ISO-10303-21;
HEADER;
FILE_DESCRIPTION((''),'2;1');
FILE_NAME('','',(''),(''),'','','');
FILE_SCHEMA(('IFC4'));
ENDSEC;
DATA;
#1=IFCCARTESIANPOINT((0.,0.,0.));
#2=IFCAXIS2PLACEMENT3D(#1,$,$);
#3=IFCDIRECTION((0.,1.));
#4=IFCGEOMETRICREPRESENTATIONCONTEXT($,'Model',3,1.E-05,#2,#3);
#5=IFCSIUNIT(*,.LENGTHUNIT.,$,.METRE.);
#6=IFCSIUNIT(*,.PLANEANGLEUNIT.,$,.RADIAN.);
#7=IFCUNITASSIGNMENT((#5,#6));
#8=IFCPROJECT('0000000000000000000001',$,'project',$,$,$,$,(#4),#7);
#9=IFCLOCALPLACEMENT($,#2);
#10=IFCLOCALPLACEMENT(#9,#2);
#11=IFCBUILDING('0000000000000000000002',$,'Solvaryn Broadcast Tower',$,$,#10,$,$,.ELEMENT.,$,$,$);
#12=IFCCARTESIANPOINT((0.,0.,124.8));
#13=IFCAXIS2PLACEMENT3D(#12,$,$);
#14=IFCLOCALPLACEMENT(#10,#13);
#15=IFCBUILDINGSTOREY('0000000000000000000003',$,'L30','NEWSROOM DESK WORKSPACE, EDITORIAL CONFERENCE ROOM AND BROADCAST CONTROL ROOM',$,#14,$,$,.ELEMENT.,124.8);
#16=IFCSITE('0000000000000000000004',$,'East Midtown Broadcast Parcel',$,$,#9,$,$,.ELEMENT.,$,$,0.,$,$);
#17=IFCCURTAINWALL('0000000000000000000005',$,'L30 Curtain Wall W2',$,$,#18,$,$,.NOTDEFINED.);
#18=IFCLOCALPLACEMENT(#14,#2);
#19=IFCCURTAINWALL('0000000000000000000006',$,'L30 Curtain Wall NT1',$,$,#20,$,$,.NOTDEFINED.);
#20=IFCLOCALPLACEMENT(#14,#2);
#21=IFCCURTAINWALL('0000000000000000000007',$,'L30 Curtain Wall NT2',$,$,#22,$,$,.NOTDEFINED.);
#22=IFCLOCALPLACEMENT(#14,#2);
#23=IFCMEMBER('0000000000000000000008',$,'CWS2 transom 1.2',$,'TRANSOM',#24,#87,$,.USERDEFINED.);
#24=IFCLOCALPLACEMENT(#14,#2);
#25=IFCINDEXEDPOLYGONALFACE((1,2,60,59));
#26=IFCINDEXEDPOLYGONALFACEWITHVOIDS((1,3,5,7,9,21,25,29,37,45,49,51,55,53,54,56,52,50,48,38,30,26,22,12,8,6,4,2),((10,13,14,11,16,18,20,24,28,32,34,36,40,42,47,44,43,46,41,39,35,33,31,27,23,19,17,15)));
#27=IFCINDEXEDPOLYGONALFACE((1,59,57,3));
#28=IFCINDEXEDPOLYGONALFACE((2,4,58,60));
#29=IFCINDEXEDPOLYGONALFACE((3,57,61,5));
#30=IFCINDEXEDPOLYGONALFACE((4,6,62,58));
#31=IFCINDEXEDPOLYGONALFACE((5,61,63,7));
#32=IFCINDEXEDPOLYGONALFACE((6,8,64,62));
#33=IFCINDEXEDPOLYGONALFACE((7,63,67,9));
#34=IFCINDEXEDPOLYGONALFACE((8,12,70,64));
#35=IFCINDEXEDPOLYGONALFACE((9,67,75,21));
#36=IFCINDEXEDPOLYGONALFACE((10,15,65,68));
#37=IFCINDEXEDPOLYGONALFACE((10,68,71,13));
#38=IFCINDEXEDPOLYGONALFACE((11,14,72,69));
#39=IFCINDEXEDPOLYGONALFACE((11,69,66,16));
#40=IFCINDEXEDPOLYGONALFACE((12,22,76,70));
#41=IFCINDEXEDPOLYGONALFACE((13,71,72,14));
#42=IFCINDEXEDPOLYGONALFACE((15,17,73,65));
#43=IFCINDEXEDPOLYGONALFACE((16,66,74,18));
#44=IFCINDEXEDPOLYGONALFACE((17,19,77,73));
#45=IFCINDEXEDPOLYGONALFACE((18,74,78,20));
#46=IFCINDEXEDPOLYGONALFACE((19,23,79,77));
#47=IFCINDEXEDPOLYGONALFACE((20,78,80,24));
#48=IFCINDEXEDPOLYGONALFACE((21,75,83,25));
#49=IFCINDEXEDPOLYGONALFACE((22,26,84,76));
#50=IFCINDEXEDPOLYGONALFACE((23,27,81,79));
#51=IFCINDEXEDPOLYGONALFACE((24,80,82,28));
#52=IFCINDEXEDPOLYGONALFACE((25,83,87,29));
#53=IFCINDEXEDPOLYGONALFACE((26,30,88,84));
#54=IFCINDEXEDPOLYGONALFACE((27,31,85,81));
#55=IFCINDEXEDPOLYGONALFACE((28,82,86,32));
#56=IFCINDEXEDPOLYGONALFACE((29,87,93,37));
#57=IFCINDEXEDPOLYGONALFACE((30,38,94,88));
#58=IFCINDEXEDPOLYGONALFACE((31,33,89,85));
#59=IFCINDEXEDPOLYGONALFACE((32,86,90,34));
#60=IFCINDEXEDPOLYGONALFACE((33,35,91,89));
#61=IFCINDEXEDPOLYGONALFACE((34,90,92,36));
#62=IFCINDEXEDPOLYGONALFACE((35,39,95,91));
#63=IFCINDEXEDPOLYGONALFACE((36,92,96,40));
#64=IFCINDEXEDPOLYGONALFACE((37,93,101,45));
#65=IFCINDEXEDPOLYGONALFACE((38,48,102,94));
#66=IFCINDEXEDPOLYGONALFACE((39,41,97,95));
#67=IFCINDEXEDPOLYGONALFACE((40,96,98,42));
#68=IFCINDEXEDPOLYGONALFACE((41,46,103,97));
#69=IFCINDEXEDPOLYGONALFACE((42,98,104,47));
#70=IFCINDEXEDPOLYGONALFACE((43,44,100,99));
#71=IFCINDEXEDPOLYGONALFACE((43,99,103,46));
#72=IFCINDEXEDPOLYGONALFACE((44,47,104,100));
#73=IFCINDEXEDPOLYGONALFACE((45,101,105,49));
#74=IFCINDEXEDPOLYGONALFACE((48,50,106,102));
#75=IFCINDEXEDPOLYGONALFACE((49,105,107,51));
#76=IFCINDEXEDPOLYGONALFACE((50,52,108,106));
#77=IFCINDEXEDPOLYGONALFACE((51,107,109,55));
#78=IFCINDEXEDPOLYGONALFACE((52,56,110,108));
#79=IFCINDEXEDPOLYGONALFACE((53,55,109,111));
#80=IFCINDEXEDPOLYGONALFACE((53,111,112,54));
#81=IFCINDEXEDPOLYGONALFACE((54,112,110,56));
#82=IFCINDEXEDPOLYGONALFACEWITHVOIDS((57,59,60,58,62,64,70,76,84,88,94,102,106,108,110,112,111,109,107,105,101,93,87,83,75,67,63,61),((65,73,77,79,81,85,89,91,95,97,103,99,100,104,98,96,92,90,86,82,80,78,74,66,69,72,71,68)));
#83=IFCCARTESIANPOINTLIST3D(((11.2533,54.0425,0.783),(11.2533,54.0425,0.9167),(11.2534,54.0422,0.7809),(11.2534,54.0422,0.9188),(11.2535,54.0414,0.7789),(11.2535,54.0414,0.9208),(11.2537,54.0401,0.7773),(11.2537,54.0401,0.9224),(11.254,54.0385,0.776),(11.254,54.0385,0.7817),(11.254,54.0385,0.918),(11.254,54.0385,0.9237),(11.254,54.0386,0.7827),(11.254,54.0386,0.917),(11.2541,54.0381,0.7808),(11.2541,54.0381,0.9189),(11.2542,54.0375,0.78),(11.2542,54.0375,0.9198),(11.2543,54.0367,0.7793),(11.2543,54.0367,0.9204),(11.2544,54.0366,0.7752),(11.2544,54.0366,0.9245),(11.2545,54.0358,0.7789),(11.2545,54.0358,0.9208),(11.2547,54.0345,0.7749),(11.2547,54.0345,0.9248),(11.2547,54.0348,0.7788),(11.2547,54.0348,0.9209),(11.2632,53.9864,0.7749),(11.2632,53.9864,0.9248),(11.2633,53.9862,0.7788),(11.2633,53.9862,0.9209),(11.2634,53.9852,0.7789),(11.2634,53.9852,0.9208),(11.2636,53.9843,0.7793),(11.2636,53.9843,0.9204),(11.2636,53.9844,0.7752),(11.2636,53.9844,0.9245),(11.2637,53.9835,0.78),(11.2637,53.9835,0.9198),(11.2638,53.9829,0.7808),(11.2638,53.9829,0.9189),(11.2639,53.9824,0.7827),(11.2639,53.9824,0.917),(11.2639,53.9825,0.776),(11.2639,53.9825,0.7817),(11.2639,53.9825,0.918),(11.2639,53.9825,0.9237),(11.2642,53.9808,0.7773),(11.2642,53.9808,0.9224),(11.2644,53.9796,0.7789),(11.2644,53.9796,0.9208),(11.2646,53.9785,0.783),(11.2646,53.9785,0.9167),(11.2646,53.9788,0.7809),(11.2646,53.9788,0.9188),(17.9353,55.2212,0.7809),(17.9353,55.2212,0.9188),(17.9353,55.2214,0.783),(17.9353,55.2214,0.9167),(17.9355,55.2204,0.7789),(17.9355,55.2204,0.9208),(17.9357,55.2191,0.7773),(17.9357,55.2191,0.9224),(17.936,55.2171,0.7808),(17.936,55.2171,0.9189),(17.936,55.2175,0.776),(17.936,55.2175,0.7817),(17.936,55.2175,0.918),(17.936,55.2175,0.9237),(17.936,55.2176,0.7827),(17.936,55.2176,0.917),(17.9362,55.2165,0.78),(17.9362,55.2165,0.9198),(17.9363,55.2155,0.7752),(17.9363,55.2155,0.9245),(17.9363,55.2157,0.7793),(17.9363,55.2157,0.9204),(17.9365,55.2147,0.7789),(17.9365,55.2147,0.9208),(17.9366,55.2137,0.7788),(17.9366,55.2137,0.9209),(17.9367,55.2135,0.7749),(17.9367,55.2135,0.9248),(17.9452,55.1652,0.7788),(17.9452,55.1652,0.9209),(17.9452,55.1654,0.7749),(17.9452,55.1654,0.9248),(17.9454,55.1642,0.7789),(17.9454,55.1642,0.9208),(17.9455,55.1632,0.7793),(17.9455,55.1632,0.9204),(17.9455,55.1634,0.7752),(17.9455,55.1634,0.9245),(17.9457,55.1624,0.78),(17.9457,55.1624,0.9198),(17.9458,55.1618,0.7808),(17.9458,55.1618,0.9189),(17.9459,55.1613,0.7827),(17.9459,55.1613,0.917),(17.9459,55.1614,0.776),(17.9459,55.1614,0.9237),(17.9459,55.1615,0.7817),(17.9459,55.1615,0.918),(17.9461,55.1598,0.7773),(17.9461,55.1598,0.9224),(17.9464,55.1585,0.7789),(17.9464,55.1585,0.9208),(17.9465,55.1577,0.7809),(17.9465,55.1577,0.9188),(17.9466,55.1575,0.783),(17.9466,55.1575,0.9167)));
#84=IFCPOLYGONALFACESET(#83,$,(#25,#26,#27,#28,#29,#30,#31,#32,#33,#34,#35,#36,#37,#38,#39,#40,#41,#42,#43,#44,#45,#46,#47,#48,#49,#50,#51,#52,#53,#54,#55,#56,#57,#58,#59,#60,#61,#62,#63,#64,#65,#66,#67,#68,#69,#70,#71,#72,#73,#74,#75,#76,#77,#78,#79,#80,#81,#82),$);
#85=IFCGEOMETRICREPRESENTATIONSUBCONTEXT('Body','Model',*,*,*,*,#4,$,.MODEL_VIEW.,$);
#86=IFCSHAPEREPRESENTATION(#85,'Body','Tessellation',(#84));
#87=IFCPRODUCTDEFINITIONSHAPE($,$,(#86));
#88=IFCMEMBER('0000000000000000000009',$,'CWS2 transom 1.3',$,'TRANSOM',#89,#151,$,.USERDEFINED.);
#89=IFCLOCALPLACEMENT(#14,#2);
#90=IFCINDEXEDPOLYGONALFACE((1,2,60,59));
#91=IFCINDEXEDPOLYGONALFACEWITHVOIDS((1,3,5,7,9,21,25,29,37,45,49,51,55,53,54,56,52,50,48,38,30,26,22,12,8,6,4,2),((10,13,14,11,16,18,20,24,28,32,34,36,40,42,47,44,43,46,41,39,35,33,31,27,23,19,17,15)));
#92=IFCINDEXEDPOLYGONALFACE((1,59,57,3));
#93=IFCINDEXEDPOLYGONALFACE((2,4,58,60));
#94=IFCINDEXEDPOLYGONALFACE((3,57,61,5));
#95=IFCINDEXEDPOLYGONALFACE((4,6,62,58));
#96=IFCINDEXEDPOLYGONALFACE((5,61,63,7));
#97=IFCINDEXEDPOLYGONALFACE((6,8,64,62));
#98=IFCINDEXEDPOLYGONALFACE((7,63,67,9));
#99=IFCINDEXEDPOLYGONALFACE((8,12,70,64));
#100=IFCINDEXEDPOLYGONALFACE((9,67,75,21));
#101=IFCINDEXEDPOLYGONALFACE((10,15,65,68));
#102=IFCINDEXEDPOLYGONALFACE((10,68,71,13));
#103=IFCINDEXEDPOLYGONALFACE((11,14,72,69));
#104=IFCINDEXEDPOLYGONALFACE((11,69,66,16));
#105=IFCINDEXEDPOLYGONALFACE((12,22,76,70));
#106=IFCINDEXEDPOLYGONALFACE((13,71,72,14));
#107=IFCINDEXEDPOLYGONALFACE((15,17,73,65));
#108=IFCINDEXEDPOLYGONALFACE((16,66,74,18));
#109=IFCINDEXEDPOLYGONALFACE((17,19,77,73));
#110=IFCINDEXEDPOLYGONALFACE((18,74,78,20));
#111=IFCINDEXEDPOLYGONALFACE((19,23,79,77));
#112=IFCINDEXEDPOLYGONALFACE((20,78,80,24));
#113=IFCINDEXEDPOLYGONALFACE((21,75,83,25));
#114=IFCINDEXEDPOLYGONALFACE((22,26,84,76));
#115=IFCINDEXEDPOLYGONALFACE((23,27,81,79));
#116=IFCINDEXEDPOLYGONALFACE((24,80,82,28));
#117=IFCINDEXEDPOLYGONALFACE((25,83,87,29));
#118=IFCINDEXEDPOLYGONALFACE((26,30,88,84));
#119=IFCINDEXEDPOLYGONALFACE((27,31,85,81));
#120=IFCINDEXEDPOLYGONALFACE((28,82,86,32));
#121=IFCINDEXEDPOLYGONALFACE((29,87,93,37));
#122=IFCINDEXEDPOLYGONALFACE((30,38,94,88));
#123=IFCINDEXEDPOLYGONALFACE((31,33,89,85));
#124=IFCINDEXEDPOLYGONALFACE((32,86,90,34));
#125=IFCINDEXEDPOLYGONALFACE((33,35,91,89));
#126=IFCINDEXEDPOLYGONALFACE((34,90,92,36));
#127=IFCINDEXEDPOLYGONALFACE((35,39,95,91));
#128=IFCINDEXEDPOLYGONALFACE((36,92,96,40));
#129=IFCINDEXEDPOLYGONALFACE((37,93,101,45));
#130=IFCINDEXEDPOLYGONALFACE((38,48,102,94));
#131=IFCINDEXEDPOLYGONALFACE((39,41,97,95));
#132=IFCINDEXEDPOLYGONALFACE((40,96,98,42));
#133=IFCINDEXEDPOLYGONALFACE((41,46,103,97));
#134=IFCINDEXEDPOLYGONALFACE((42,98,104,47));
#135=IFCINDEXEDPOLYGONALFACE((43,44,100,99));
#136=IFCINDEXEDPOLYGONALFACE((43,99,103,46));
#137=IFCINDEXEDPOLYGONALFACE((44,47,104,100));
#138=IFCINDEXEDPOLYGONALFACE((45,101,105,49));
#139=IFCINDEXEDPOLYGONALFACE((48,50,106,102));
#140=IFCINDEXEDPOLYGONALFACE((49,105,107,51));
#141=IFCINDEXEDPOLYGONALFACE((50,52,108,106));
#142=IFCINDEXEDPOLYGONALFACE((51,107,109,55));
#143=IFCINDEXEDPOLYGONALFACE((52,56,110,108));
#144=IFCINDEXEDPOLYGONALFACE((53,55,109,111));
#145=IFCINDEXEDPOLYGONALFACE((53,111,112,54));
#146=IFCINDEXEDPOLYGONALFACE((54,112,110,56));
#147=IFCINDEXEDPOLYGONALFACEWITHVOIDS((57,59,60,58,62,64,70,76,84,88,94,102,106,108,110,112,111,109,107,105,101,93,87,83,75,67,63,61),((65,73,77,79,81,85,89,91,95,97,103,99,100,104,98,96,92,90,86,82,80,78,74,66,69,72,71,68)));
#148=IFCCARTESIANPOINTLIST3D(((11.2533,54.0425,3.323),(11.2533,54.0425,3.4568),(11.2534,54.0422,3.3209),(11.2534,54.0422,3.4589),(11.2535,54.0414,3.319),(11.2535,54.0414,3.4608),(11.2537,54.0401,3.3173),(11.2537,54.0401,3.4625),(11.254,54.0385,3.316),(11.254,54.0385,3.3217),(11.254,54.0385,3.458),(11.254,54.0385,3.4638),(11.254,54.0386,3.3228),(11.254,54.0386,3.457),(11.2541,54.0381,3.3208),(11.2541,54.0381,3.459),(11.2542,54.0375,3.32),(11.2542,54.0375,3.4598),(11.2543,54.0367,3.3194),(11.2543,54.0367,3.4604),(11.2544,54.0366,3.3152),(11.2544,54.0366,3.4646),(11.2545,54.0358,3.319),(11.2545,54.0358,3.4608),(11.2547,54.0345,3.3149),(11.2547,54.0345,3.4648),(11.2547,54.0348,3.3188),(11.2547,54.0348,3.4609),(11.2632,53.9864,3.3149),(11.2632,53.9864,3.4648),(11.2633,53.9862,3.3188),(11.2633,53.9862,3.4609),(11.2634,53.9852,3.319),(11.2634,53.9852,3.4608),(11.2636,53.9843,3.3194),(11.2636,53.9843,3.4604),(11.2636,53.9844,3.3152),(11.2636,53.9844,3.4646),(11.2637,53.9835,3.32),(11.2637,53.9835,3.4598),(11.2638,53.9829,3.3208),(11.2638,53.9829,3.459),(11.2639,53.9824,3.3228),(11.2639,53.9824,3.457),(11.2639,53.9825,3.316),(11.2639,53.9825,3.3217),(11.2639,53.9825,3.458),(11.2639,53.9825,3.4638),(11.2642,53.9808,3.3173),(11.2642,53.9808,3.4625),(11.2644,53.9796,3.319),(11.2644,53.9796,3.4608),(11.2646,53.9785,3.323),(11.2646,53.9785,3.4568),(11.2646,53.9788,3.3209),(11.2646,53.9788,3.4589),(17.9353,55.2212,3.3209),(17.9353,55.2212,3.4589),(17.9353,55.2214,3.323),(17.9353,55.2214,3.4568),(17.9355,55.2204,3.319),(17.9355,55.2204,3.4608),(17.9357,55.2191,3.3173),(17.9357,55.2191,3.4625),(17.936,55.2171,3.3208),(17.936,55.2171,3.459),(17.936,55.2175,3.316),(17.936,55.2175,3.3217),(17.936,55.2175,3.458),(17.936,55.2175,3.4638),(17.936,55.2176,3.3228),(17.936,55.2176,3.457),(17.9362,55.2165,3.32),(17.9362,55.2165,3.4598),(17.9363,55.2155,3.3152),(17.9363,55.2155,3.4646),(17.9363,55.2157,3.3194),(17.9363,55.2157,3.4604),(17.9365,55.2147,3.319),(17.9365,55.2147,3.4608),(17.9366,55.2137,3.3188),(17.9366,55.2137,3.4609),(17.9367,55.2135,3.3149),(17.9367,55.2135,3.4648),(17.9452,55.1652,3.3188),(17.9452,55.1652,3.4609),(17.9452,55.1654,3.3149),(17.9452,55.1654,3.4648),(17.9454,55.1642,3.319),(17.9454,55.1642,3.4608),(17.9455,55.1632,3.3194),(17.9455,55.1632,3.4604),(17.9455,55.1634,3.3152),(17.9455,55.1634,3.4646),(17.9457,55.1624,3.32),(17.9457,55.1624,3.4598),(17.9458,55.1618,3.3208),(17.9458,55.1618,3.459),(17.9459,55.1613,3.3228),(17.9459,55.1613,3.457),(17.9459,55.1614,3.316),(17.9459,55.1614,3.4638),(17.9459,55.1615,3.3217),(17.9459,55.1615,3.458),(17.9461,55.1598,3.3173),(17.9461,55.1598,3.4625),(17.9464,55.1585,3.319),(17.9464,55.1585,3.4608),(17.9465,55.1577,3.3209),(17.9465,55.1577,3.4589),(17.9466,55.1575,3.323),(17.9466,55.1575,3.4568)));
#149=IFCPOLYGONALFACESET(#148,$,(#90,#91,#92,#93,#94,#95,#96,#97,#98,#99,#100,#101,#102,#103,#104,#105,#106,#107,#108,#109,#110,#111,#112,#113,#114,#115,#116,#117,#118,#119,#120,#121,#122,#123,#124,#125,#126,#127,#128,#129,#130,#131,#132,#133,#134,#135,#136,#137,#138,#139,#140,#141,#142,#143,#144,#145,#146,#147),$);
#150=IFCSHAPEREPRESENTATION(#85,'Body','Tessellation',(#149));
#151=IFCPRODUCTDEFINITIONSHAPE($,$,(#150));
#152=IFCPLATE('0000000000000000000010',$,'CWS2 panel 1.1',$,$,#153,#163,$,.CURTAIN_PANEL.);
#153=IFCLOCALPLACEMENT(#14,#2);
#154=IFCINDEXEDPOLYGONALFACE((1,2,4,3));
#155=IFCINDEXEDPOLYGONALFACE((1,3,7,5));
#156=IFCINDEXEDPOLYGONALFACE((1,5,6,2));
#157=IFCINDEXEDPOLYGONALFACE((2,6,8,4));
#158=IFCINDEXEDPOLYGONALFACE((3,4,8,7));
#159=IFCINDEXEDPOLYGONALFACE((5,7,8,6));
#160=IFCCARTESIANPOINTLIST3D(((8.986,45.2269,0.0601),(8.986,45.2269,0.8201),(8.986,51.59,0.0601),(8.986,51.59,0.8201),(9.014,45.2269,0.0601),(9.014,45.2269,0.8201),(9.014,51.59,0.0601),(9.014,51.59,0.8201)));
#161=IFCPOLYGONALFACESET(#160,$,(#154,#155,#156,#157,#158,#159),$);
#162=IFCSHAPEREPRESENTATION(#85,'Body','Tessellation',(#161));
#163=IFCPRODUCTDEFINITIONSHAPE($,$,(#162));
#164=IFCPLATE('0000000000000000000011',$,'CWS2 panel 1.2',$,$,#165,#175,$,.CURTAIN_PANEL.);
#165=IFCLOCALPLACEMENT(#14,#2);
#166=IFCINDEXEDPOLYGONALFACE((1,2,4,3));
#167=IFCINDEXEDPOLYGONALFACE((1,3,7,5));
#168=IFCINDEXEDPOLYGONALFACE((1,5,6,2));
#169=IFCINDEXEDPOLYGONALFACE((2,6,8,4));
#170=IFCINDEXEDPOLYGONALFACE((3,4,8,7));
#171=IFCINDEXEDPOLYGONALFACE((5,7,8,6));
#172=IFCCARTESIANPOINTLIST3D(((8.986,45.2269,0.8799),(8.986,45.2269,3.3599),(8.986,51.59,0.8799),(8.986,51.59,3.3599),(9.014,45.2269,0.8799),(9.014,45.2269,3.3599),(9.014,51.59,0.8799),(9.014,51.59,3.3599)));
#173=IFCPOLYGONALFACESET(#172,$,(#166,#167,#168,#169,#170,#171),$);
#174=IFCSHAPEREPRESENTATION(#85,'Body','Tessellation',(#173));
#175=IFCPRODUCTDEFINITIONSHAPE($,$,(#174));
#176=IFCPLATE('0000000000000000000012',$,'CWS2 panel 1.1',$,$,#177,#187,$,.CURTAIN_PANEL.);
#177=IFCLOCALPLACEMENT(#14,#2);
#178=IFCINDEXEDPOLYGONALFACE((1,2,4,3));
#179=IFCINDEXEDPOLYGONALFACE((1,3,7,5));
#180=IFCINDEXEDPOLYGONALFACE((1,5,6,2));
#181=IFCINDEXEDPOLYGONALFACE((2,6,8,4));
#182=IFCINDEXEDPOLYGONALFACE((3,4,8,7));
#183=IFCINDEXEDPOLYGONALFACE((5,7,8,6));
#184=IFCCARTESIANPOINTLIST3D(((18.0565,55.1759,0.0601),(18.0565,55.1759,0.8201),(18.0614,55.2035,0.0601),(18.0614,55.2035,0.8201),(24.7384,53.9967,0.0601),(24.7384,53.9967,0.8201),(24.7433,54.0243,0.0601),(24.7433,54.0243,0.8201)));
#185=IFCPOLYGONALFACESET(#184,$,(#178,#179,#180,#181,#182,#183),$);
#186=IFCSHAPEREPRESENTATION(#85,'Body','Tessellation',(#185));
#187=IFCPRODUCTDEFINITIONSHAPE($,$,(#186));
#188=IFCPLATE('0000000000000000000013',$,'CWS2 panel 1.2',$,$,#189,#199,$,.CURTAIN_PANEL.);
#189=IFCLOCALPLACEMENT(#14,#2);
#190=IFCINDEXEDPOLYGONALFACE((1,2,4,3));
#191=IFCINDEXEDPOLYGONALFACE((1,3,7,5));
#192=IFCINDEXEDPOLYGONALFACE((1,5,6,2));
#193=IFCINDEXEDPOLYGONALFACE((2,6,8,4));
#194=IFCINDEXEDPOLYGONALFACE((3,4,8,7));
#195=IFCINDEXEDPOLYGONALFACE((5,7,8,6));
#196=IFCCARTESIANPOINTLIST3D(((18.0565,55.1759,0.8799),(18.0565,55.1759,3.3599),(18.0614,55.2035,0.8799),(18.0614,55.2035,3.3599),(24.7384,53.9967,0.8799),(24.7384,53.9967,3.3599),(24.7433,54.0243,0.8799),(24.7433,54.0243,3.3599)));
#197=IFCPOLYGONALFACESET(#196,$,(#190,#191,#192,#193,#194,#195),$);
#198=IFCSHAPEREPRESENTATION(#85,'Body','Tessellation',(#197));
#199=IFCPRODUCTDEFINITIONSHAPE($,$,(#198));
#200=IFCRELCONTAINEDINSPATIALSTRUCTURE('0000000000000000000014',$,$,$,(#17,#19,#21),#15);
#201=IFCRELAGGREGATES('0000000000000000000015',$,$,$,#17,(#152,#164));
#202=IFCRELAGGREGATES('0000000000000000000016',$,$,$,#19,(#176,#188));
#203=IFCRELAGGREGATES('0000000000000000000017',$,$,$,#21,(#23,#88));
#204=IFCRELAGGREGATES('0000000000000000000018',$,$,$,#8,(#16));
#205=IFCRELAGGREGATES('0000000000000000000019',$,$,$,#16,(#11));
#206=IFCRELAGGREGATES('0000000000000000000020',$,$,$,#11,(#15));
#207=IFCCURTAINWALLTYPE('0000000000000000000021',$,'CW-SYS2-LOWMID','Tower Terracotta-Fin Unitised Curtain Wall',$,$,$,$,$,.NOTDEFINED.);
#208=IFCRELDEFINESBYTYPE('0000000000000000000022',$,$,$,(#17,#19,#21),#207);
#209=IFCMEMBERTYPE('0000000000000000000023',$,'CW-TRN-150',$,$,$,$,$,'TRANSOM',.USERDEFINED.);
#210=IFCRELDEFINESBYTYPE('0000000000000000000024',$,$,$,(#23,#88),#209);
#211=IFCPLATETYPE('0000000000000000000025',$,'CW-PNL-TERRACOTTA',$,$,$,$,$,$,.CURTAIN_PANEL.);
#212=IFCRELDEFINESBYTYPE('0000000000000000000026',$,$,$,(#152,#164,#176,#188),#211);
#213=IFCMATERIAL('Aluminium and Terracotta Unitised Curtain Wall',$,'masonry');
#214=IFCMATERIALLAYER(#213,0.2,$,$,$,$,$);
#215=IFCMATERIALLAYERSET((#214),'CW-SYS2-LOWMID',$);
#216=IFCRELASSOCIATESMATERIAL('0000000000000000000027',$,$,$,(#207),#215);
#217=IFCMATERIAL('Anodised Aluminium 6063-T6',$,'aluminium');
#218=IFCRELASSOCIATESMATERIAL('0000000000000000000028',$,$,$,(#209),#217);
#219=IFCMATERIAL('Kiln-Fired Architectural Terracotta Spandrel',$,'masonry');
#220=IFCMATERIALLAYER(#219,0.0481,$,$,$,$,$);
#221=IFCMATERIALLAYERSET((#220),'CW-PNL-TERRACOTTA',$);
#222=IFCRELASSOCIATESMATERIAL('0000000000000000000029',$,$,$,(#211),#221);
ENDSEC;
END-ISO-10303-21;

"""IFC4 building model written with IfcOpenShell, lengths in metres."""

from ifc_helpers import new_model, si_unit, direction, frame, origin, origin_2d, place, context, subcontext, project, spatial, rectangle, hollow_rectangle, extrude, material, layer, layer_set, material_profile, profile_set, type_object, element, aggregate, save


model = new_model("IFC4")

# Units and contexts
model_context = context("Model", 3, precision=1e-05, world=origin(), true_north=direction((0.0, 1.0)))
body_context = subcontext(model_context, "Body", "Model", "MODEL_VIEW")
ifc_project = project(units=[si_unit("LENGTHUNIT", "METRE"), si_unit("PLANEANGLEUNIT", "RADIAN")], contexts=[model_context])

# Site, building, storey
site_placement = place(None, origin())
site = spatial("IfcSite", under=ifc_project, at=site_placement, Name="East Midtown Broadcast Parcel", CompositionType="ELEMENT", RefElevation=0.0)
building_placement = place(site_placement, origin())
building = spatial("IfcBuilding", under=site, at=building_placement, Name="Solvaryn Broadcast Tower", CompositionType="ELEMENT")
storey_placement = place(building_placement, frame((0.0, 0.0, 124.8)))
storey = spatial("IfcBuildingStorey", under=building, at=storey_placement, Name="L30", Description="NEWSROOM DESK WORKSPACE, EDITORIAL CONFERENCE ROOM AND BROADCAST CONTROL ROOM", CompositionType="ELEMENT", Elevation=124.8)

# Curtain walls
ifc_material_1 = material(Name="Aluminium and Terracotta Unitised Curtain Wall", Category="masonry")
ifc_layer_1 = layer(ifc_material_1, 0.2)
ifc_layer_set_1 = layer_set([ifc_layer_1], Name="CW-SYS2-LOWMID")
curtain_wall_type = type_object("IfcCurtainWallType", Name="CW-SYS2-LOWMID", Description="Tower Terracotta-Fin Unitised Curtain Wall", PredefinedType="NOTDEFINED", material=ifc_layer_set_1)
curtain_wall_1_placement = place(storey_placement, origin())
curtain_wall_1 = element("IfcCurtainWall", 1, at=curtain_wall_1_placement, inside=storey, type_object=curtain_wall_type, Name="L30 Curtain Wall W2", PredefinedType="NOTDEFINED")
curtain_wall_2_placement = place(storey_placement, origin())
curtain_wall_2 = element("IfcCurtainWall", 2, at=curtain_wall_2_placement, inside=storey, type_object=curtain_wall_type, Name="L30 Curtain Wall NT1", PredefinedType="NOTDEFINED")

# Curtain wall
curtain_wall_3_placement = place(storey_placement, origin())
curtain_wall_3 = element("IfcCurtainWall", 3, at=curtain_wall_3_placement, inside=storey, type_object=curtain_wall_type, Name="L30 Curtain Wall NT2", PredefinedType="NOTDEFINED")

# Members
ifc_material_2 = material(Name="Anodised Aluminium 6063-T6", Category="aluminium")
ifc_material_profile_1 = material_profile(ifc_material_2, hollow_rectangle(XDim=0.0649, YDim=0.1499, WallThickness=0.0039, InnerFilletRadius=0.0039, OuterFilletRadius=0.0081, at=origin_2d()))
ifc_profile_set_1 = profile_set([ifc_material_profile_1], Name="Anodised Aluminium 6063-T6")
member_type_1 = type_object("IfcMemberType", Name="CW-TRN-150", ElementType="TRANSOM", PredefinedType="USERDEFINED", material=ifc_profile_set_1)
member_1_placement = place(storey_placement, frame((17.9409, 55.1895, 0.8499), z_axis=(-0.984789, -0.173757, 0.0), x_axis=(0.173757, -0.984789, 0.0)))
member_1 = element("IfcMember", 4, at=member_1_placement, type_object=member_type_1, Name="CWS2 transom 1.2", ObjectType="TRANSOM", PredefinedType="USERDEFINED", context=body_context, shape_type="SweptSolid", body=[
    extrude(hollow_rectangle(XDim=0.0649, YDim=0.1499, WallThickness=0.0039, InnerFilletRadius=0.0039, OuterFilletRadius=0.0081, at=origin_2d()), origin(), (0.0, 0.0, 1.0), 6.7852),
])
member_2_placement = place(storey_placement, frame((17.9409, 55.1895, 3.3899), z_axis=(-0.984789, -0.173757, 0.0), x_axis=(0.173757, -0.984789, 0.0)))
member_2 = element("IfcMember", 5, at=member_2_placement, type_object=member_type_1, Name="CWS2 transom 1.3", ObjectType="TRANSOM", PredefinedType="USERDEFINED", context=body_context, shape_type="SweptSolid", body=[
    extrude(hollow_rectangle(XDim=0.0649, YDim=0.1499, WallThickness=0.0039, InnerFilletRadius=0.0039, OuterFilletRadius=0.0081, at=origin_2d()), origin(), (0.0, 0.0, 1.0), 6.7852),
])

# Plates
ifc_material_3 = material(Name="Kiln-Fired Architectural Terracotta Spandrel", Category="masonry")
ifc_layer_2 = layer(ifc_material_3, 0.0481)
ifc_layer_set_2 = layer_set([ifc_layer_2], Name="CW-PNL-TERRACOTTA")
plate_type = type_object("IfcPlateType", Name="CW-PNL-TERRACOTTA", PredefinedType="CURTAIN_PANEL", material=ifc_layer_set_2)
plate_1_placement = place(storey_placement, frame((9.0, 48.4084, 0.0601), z_axis=(0.0, 0.0, 1.0), x_axis=(0.0, 1.0, 0.0)))
plate_1 = element("IfcPlate", 6, at=plate_1_placement, type_object=plate_type, Name="CWS2 panel 1.1", PredefinedType="CURTAIN_PANEL", context=body_context, shape_type="SweptSolid", body=[
    extrude(rectangle(XDim=6.363, YDim=0.0281, at=origin_2d()), origin(), (0.0, 0.0, 1.0), 0.76),
])
plate_2_placement = place(storey_placement, frame((9.0, 48.4084, 0.8799), z_axis=(0.0, 0.0, 1.0), x_axis=(0.0, 1.0, 0.0)))
plate_2 = element("IfcPlate", 7, at=plate_2_placement, type_object=plate_type, Name="CWS2 panel 1.2", PredefinedType="CURTAIN_PANEL", context=body_context, shape_type="SweptSolid", body=[
    extrude(rectangle(XDim=6.363, YDim=0.0281, at=origin_2d()), origin(), (0.0, 0.0, 1.0), 2.48),
])
aggregate(curtain_wall_1, [plate_1, plate_2])
plate_3_placement = place(storey_placement, frame((21.3999, 54.6001, 0.0601), z_axis=(0.0, 0.0, 1.0), x_axis=(-0.984784, 0.173785, 0.0)))
plate_3 = element("IfcPlate", 8, at=plate_3_placement, type_object=plate_type, Name="CWS2 panel 1.1", PredefinedType="CURTAIN_PANEL", context=body_context, shape_type="SweptSolid", body=[
    extrude(rectangle(XDim=6.7852, YDim=0.0281, at=origin_2d()), origin(), (0.0, 0.0, 1.0), 0.76),
])
plate_4_placement = place(storey_placement, frame((21.3999, 54.6001, 0.8799), z_axis=(0.0, 0.0, 1.0), x_axis=(-0.984784, 0.173785, 0.0)))
plate_4 = element("IfcPlate", 9, at=plate_4_placement, type_object=plate_type, Name="CWS2 panel 1.2", PredefinedType="CURTAIN_PANEL", context=body_context, shape_type="SweptSolid", body=[
    extrude(rectangle(XDim=6.7852, YDim=0.0281, at=origin_2d()), origin(), (0.0, 0.0, 1.0), 2.48),
])
aggregate(curtain_wall_2, [plate_3, plate_4])
aggregate(curtain_wall_3, [member_1, member_2])

save(model, "model.ifc")
